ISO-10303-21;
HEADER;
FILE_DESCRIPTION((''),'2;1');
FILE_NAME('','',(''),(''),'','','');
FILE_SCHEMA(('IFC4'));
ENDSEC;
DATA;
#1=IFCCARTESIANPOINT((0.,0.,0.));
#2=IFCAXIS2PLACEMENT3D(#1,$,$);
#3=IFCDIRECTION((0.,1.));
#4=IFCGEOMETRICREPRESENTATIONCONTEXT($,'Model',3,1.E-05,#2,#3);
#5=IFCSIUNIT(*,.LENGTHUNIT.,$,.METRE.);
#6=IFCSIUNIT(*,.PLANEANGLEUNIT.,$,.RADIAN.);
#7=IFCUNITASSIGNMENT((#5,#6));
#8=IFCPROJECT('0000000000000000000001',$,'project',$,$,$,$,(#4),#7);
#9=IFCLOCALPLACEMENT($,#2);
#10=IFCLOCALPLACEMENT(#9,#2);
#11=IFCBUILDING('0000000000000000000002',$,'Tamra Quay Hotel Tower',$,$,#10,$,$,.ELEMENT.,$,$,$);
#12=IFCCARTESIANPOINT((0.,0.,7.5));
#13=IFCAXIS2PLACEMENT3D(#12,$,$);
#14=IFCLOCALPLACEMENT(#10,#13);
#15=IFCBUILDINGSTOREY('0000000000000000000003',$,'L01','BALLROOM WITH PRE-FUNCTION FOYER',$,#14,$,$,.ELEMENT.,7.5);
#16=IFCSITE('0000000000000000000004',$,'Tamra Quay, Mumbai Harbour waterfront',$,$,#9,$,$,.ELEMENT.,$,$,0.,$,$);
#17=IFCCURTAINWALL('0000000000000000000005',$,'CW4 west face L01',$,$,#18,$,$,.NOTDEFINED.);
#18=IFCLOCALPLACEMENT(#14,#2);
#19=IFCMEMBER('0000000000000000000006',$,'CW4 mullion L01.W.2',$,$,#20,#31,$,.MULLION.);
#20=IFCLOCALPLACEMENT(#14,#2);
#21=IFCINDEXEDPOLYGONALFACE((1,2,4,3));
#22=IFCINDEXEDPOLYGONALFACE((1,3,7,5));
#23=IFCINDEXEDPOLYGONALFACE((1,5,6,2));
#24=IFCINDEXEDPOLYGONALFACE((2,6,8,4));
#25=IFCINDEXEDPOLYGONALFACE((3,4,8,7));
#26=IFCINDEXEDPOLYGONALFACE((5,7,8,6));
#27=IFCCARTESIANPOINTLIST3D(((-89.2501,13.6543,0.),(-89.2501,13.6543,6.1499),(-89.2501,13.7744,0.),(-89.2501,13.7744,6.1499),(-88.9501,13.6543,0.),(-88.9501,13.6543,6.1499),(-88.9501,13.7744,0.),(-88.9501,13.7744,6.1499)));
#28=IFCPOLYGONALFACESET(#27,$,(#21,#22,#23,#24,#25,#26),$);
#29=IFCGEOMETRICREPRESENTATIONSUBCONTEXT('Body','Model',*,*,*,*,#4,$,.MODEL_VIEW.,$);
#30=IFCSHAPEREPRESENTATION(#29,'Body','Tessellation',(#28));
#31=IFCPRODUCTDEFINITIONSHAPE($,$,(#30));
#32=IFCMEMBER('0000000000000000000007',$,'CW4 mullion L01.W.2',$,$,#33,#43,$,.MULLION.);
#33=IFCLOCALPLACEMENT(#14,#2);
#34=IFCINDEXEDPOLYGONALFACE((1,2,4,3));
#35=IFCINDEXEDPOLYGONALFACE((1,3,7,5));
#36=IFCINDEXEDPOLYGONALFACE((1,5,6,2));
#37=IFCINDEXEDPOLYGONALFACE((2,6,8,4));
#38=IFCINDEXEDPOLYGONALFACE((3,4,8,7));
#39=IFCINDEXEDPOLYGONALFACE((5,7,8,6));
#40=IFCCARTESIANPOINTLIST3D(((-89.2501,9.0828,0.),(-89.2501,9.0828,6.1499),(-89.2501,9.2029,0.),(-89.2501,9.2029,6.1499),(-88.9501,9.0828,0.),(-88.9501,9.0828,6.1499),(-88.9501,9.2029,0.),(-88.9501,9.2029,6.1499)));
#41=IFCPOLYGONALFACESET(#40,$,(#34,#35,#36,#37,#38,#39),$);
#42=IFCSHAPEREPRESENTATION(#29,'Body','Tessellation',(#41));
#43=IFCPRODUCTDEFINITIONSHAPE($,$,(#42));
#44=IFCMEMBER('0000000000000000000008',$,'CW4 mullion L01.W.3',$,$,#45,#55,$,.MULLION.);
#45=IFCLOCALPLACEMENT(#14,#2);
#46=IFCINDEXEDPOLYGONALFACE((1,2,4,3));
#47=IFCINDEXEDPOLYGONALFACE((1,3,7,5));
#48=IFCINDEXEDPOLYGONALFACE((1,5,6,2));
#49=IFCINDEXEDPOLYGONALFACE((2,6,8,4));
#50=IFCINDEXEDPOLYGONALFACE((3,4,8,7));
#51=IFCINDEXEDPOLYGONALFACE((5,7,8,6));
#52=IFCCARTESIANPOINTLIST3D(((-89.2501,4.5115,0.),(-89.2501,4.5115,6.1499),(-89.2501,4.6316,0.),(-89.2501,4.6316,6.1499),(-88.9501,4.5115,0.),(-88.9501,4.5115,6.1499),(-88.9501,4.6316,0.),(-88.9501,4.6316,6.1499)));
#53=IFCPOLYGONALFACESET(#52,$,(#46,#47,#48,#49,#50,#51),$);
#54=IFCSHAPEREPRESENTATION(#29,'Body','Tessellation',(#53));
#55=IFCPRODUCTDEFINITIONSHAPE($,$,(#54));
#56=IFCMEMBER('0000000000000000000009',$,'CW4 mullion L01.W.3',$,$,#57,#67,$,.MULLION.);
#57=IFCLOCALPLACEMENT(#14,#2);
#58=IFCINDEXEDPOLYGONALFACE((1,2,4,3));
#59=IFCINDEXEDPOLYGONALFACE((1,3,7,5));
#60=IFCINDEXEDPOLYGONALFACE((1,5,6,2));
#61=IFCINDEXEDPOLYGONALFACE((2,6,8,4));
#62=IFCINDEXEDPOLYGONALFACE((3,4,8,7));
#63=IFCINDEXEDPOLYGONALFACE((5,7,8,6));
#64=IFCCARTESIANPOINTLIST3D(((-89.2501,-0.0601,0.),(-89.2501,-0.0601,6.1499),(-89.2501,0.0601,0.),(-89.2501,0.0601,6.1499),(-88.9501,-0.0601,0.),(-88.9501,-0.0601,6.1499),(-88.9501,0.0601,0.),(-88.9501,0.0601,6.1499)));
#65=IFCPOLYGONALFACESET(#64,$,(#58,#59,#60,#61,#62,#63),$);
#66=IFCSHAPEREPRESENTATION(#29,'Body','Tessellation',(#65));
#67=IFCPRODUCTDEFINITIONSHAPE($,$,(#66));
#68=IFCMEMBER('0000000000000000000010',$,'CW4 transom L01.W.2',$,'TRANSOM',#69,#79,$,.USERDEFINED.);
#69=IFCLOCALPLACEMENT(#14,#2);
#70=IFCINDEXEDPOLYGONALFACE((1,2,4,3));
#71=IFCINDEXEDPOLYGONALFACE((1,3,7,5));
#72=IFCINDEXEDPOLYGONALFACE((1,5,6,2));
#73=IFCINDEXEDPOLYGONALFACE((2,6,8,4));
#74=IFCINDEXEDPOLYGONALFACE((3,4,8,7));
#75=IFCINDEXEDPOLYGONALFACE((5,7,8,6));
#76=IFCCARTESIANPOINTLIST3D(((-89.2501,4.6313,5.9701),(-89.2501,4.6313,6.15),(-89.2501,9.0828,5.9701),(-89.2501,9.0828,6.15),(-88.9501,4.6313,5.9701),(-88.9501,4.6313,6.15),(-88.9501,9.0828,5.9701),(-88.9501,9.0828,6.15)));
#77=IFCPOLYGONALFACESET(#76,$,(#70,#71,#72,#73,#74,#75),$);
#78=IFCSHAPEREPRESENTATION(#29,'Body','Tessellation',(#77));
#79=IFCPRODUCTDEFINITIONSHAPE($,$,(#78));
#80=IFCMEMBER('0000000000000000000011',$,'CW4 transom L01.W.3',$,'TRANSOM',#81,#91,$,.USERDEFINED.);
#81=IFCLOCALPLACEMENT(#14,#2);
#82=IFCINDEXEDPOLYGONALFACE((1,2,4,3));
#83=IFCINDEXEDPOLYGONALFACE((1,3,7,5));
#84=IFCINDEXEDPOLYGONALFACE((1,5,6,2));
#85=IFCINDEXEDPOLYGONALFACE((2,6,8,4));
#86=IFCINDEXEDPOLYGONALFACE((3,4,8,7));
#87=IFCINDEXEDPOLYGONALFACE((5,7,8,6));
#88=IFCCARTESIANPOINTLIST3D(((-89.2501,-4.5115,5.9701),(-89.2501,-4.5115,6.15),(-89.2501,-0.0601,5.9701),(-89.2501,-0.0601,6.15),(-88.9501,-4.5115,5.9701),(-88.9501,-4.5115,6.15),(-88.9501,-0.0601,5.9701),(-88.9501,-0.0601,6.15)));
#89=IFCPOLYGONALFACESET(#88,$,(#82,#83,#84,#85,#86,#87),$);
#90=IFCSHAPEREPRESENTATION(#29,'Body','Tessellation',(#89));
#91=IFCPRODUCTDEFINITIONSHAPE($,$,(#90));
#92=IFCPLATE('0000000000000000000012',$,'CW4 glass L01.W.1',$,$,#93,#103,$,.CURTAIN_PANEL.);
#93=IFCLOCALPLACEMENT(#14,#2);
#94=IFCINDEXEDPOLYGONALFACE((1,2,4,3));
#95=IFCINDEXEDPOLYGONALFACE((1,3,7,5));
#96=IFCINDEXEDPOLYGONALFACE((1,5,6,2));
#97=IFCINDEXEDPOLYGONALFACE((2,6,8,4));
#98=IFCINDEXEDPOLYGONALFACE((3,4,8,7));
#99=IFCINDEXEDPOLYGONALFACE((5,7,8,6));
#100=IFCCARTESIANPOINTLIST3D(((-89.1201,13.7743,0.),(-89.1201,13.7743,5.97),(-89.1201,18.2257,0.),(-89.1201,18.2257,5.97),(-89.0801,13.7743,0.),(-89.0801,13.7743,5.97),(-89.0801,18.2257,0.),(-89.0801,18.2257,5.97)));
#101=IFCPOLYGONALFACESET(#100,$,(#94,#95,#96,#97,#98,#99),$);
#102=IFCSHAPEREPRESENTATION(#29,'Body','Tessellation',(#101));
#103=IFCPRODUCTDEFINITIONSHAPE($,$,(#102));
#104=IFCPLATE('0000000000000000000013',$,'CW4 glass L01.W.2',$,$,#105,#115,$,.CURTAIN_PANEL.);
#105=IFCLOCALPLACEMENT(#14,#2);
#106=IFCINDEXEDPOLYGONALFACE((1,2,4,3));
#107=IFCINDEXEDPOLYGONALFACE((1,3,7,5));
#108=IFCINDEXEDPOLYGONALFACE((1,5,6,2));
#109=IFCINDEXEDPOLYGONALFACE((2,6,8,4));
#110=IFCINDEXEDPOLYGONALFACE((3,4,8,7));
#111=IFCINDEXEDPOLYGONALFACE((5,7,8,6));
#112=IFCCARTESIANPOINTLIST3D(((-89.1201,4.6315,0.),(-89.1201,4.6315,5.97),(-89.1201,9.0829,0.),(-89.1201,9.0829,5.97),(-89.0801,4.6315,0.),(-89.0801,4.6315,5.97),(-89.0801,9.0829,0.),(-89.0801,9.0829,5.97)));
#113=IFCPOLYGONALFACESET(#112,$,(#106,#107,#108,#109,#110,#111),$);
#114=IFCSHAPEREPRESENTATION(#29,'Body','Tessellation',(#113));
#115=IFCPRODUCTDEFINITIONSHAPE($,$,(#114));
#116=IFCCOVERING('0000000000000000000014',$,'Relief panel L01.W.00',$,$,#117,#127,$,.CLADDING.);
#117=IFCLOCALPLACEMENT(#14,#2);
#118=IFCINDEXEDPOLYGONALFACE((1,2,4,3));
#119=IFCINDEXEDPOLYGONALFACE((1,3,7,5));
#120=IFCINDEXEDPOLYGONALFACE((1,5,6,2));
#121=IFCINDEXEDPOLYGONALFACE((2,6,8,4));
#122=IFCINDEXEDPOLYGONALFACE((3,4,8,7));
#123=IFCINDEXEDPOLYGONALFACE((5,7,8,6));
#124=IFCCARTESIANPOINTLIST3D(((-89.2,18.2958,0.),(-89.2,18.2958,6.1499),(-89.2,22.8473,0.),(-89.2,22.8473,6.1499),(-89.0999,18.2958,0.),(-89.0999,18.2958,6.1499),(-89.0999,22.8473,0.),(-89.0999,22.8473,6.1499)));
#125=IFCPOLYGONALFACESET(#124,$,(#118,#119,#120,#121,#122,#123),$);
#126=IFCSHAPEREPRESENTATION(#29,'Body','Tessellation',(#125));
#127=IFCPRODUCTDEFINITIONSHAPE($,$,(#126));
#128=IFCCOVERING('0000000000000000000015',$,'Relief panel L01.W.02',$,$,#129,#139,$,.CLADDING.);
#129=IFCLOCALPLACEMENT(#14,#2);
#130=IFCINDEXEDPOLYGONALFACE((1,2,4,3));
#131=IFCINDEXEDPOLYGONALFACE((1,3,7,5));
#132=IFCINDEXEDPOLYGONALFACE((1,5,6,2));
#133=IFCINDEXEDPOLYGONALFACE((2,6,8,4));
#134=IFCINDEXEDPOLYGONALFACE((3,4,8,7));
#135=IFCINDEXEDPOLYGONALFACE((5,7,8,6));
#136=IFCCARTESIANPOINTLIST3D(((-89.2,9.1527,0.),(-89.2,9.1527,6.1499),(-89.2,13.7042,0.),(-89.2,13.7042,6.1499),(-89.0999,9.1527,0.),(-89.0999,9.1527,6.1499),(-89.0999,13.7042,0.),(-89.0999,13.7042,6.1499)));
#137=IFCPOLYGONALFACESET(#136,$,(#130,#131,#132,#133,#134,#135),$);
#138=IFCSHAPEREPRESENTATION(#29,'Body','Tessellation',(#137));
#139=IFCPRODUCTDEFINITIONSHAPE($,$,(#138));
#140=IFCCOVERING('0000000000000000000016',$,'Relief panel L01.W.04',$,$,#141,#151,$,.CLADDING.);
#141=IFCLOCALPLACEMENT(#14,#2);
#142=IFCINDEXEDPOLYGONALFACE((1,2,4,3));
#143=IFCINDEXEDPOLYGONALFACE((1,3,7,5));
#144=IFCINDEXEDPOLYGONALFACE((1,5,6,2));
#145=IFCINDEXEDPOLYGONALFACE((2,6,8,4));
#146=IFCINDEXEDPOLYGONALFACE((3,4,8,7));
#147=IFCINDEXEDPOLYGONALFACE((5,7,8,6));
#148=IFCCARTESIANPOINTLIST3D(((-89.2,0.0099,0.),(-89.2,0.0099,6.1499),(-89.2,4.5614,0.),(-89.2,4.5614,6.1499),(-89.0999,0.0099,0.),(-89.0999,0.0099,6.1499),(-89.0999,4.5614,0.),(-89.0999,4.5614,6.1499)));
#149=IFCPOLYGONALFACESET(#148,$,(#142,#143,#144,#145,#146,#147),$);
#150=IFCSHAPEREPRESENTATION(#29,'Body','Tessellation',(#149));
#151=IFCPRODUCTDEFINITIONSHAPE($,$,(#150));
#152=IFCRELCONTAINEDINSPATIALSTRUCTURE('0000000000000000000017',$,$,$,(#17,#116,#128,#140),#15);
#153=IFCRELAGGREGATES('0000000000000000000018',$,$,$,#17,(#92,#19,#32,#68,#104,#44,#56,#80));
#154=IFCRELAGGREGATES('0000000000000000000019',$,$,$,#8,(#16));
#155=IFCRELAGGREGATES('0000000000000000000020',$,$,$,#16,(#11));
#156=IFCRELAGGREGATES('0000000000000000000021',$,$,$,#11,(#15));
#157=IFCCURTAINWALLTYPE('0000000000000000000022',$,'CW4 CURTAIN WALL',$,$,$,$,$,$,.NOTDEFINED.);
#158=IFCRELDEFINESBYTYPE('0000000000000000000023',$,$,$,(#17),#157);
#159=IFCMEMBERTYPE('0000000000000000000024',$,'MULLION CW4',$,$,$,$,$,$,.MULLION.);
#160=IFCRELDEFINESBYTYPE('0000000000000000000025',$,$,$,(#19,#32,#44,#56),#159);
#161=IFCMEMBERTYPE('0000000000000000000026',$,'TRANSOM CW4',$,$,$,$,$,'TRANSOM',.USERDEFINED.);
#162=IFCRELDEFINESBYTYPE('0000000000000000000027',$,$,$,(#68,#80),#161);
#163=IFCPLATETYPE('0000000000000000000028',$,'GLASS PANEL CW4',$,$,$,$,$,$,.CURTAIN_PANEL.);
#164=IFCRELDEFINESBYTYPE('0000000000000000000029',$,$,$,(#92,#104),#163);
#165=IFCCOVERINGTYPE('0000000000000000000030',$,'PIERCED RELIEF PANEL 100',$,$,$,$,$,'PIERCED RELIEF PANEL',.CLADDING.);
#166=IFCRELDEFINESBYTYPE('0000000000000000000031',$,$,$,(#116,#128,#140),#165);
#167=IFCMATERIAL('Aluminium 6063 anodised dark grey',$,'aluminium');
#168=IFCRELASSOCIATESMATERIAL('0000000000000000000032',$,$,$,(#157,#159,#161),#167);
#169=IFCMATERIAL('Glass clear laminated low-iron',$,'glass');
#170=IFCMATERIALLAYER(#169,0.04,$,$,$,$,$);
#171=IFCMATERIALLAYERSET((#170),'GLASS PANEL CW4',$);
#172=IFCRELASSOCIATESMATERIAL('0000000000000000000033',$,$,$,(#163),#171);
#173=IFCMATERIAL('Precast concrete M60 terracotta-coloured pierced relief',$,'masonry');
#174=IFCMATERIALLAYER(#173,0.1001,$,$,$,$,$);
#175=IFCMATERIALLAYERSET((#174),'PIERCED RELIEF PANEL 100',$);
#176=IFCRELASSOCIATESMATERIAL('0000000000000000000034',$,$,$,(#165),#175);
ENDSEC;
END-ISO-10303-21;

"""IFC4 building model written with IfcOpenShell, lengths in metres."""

from ifc_helpers import new_model, si_unit, direction, frame, origin, origin_2d, place, context, subcontext, project, spatial, rectangle, extrude, material, layer, layer_set, material_profile, profile_set, type_object, element, aggregate, save


model = new_model("IFC4")

# Units and contexts
model_context = context("Model", 3, precision=1e-05, world=origin(), true_north=direction((0.0, 1.0)))
body_context = subcontext(model_context, "Body", "Model", "MODEL_VIEW")
ifc_project = project(units=[si_unit("LENGTHUNIT", "METRE"), si_unit("PLANEANGLEUNIT", "RADIAN")], contexts=[model_context])

# Site, building, storey
site_placement = place(None, origin())
site = spatial("IfcSite", under=ifc_project, at=site_placement, Name="Tamra Quay, Mumbai Harbour waterfront", CompositionType="ELEMENT", RefElevation=0.0)
building_placement = place(site_placement, origin())
building = spatial("IfcBuilding", under=site, at=building_placement, Name="Tamra Quay Hotel Tower", CompositionType="ELEMENT")
storey_placement = place(building_placement, frame((0.0, 0.0, 7.5)))
storey = spatial("IfcBuildingStorey", under=building, at=storey_placement, Name="L01", Description="BALLROOM WITH PRE-FUNCTION FOYER", CompositionType="ELEMENT", Elevation=7.5)

# Curtain wall, members, plates
ifc_material_1 = material(Name="Aluminium 6063 anodised dark grey", Category="aluminium")
curtain_wall_type = type_object("IfcCurtainWallType", Name="CW4 CURTAIN WALL", PredefinedType="NOTDEFINED", material=ifc_material_1)
curtain_wall_placement = place(storey_placement, origin())
curtain_wall = element("IfcCurtainWall", 1, at=curtain_wall_placement, inside=storey, type_object=curtain_wall_type, Name="CW4 west face L01", PredefinedType="NOTDEFINED")
ifc_material_profile_1 = material_profile(ifc_material_1, rectangle(XDim=0.3, YDim=0.1201, at=origin_2d()), Name="MULLION 120X300")
ifc_profile_set_1 = profile_set([ifc_material_profile_1], Name="Aluminium 6063 anodised dark grey")
member_type_1 = type_object("IfcMemberType", Name="MULLION CW4", PredefinedType="MULLION", material=ifc_profile_set_1)
member_1_placement = place(storey_placement, frame((-89.1001, 13.7144, 0.0), z_axis=(0.0, 0.0, 1.0), x_axis=(-1.0, 0.0, 0.0)))
member_1 = element("IfcMember", 2, at=member_1_placement, type_object=member_type_1, Name="CW4 mullion L01.W.2", PredefinedType="MULLION", context=body_context, shape_type="SweptSolid", body=[
    extrude(rectangle(XDim=0.3, YDim=0.1201, at=origin_2d()), origin(), (0.0, 0.0, 1.0), 6.1499),
])
member_2_placement = place(storey_placement, frame((-89.1001, 9.1428, 0.0), z_axis=(0.0, 0.0, 1.0), x_axis=(-1.0, 0.0, 0.0)))
member_2 = element("IfcMember", 3, at=member_2_placement, type_object=member_type_1, Name="CW4 mullion L01.W.2", PredefinedType="MULLION", context=body_context, shape_type="SweptSolid", body=[
    extrude(rectangle(XDim=0.3, YDim=0.1201, at=origin_2d()), origin(), (0.0, 0.0, 1.0), 6.1499),
])
member_3_placement = place(storey_placement, frame((-89.1001, 4.5715, 0.0), z_axis=(0.0, 0.0, 1.0), x_axis=(-1.0, 0.0, 0.0)))
member_3 = element("IfcMember", 4, at=member_3_placement, type_object=member_type_1, Name="CW4 mullion L01.W.3", PredefinedType="MULLION", context=body_context, shape_type="SweptSolid", body=[
    extrude(rectangle(XDim=0.3, YDim=0.1201, at=origin_2d()), origin(), (0.0, 0.0, 1.0), 6.1499),
])
member_4_placement = place(storey_placement, frame((-89.1001, 0.0, 0.0), z_axis=(0.0, 0.0, 1.0), x_axis=(-1.0, 0.0, 0.0)))
member_4 = element("IfcMember", 5, at=member_4_placement, type_object=member_type_1, Name="CW4 mullion L01.W.3", PredefinedType="MULLION", context=body_context, shape_type="SweptSolid", body=[
    extrude(rectangle(XDim=0.3, YDim=0.1201, at=origin_2d()), origin(), (0.0, 0.0, 1.0), 6.1499),
])
ifc_material_profile_2 = material_profile(ifc_material_1, rectangle(XDim=0.3, YDim=0.1799, at=origin_2d()), Name="TRANSOM 300X180")
ifc_profile_set_2 = profile_set([ifc_material_profile_2], Name="Aluminium 6063 anodised dark grey")
member_type_2 = type_object("IfcMemberType", Name="TRANSOM CW4", ElementType="TRANSOM", PredefinedType="USERDEFINED", material=ifc_profile_set_2)
member_5_placement = place(storey_placement, frame((-89.1001, 9.0828, 6.0601), z_axis=(0.0, -1.0, 0.0), x_axis=(1.0, 0.0, 0.0)))
member_5 = element("IfcMember", 6, at=member_5_placement, type_object=member_type_2, Name="CW4 transom L01.W.2", ObjectType="TRANSOM", PredefinedType="USERDEFINED", context=body_context, shape_type="SweptSolid", body=[
    extrude(rectangle(XDim=0.3, YDim=0.1799, at=origin_2d()), origin(), (0.0, 0.0, 1.0), 4.4514),
])
member_6_placement = place(storey_placement, frame((-89.1001, -0.0601, 6.0601), z_axis=(0.0, -1.0, 0.0), x_axis=(1.0, 0.0, 0.0)))
member_6 = element("IfcMember", 7, at=member_6_placement, type_object=member_type_2, Name="CW4 transom L01.W.3", ObjectType="TRANSOM", PredefinedType="USERDEFINED", context=body_context, shape_type="SweptSolid", body=[
    extrude(rectangle(XDim=0.3, YDim=0.1799, at=origin_2d()), origin(), (0.0, 0.0, 1.0), 4.4514),
])
ifc_material_2 = material(Name="Glass clear laminated low-iron", Category="glass")
ifc_layer_1 = layer(ifc_material_2, 0.04)
ifc_layer_set_1 = layer_set([ifc_layer_1], Name="GLASS PANEL CW4")
plate_type = type_object("IfcPlateType", Name="GLASS PANEL CW4", PredefinedType="CURTAIN_PANEL", material=ifc_layer_set_1)
plate_1_placement = place(storey_placement, frame((-89.1001, 16.0, 0.0), z_axis=(0.0, 0.0, 1.0), x_axis=(0.0, -1.0, 0.0)))
plate_1 = element("IfcPlate", 8, at=plate_1_placement, type_object=plate_type, Name="CW4 glass L01.W.1", PredefinedType="CURTAIN_PANEL", context=body_context, shape_type="SweptSolid", body=[
    extrude(rectangle(XDim=4.4514, YDim=0.04, at=origin_2d()), origin(), (0.0, 0.0, 1.0), 5.97),
])
plate_2_placement = place(storey_placement, frame((-89.1001, 6.8572, 0.0), z_axis=(0.0, 0.0, 1.0), x_axis=(0.0, -1.0, 0.0)))
plate_2 = element("IfcPlate", 9, at=plate_2_placement, type_object=plate_type, Name="CW4 glass L01.W.2", PredefinedType="CURTAIN_PANEL", context=body_context, shape_type="SweptSolid", body=[
    extrude(rectangle(XDim=4.4514, YDim=0.04, at=origin_2d()), origin(), (0.0, 0.0, 1.0), 5.97),
])
aggregate(curtain_wall, [plate_1, member_1, member_2, member_5, plate_2, member_3, member_4, member_6])

# Coverings
ifc_material_3 = material(Name="Precast concrete M60 terracotta-coloured pierced relief", Category="masonry")
ifc_layer_2 = layer(ifc_material_3, 0.1001)
ifc_layer_set_2 = layer_set([ifc_layer_2], Name="PIERCED RELIEF PANEL 100")
covering_type_1 = type_object("IfcCoveringType", Name="PIERCED RELIEF PANEL 100", ElementType="PIERCED RELIEF PANEL", PredefinedType="CLADDING", material=ifc_layer_set_2)
for number, where, z_axis, x_axis, name in (
    (10, (-89.1499, 20.5715, 0.0), (0.0, 0.0, 1.0), (0.0, -1.0, 0.0), "Relief panel L01.W.00"),
    (11, (-89.1499, 11.4285, 0.0), (0.0, 0.0, 1.0), (0.0, -1.0, 0.0), "Relief panel L01.W.02"),
    (12, (-89.1499, 2.2856, 0.0), (0.0, 0.0, 1.0), (0.0, -1.0, 0.0), "Relief panel L01.W.04"),
):
    element("IfcCovering", number, at=place(storey_placement, frame(where, z_axis=z_axis, x_axis=x_axis)), inside=storey, type_object=covering_type_1, Name=name, PredefinedType="CLADDING", context=body_context, shape_type="SweptSolid", body=[
        extrude(rectangle(XDim=4.5515, YDim=0.1001, at=origin_2d()), origin(), (0.0, 0.0, 1.0), 6.1499),
    ])

save(model, "model.ifc")
